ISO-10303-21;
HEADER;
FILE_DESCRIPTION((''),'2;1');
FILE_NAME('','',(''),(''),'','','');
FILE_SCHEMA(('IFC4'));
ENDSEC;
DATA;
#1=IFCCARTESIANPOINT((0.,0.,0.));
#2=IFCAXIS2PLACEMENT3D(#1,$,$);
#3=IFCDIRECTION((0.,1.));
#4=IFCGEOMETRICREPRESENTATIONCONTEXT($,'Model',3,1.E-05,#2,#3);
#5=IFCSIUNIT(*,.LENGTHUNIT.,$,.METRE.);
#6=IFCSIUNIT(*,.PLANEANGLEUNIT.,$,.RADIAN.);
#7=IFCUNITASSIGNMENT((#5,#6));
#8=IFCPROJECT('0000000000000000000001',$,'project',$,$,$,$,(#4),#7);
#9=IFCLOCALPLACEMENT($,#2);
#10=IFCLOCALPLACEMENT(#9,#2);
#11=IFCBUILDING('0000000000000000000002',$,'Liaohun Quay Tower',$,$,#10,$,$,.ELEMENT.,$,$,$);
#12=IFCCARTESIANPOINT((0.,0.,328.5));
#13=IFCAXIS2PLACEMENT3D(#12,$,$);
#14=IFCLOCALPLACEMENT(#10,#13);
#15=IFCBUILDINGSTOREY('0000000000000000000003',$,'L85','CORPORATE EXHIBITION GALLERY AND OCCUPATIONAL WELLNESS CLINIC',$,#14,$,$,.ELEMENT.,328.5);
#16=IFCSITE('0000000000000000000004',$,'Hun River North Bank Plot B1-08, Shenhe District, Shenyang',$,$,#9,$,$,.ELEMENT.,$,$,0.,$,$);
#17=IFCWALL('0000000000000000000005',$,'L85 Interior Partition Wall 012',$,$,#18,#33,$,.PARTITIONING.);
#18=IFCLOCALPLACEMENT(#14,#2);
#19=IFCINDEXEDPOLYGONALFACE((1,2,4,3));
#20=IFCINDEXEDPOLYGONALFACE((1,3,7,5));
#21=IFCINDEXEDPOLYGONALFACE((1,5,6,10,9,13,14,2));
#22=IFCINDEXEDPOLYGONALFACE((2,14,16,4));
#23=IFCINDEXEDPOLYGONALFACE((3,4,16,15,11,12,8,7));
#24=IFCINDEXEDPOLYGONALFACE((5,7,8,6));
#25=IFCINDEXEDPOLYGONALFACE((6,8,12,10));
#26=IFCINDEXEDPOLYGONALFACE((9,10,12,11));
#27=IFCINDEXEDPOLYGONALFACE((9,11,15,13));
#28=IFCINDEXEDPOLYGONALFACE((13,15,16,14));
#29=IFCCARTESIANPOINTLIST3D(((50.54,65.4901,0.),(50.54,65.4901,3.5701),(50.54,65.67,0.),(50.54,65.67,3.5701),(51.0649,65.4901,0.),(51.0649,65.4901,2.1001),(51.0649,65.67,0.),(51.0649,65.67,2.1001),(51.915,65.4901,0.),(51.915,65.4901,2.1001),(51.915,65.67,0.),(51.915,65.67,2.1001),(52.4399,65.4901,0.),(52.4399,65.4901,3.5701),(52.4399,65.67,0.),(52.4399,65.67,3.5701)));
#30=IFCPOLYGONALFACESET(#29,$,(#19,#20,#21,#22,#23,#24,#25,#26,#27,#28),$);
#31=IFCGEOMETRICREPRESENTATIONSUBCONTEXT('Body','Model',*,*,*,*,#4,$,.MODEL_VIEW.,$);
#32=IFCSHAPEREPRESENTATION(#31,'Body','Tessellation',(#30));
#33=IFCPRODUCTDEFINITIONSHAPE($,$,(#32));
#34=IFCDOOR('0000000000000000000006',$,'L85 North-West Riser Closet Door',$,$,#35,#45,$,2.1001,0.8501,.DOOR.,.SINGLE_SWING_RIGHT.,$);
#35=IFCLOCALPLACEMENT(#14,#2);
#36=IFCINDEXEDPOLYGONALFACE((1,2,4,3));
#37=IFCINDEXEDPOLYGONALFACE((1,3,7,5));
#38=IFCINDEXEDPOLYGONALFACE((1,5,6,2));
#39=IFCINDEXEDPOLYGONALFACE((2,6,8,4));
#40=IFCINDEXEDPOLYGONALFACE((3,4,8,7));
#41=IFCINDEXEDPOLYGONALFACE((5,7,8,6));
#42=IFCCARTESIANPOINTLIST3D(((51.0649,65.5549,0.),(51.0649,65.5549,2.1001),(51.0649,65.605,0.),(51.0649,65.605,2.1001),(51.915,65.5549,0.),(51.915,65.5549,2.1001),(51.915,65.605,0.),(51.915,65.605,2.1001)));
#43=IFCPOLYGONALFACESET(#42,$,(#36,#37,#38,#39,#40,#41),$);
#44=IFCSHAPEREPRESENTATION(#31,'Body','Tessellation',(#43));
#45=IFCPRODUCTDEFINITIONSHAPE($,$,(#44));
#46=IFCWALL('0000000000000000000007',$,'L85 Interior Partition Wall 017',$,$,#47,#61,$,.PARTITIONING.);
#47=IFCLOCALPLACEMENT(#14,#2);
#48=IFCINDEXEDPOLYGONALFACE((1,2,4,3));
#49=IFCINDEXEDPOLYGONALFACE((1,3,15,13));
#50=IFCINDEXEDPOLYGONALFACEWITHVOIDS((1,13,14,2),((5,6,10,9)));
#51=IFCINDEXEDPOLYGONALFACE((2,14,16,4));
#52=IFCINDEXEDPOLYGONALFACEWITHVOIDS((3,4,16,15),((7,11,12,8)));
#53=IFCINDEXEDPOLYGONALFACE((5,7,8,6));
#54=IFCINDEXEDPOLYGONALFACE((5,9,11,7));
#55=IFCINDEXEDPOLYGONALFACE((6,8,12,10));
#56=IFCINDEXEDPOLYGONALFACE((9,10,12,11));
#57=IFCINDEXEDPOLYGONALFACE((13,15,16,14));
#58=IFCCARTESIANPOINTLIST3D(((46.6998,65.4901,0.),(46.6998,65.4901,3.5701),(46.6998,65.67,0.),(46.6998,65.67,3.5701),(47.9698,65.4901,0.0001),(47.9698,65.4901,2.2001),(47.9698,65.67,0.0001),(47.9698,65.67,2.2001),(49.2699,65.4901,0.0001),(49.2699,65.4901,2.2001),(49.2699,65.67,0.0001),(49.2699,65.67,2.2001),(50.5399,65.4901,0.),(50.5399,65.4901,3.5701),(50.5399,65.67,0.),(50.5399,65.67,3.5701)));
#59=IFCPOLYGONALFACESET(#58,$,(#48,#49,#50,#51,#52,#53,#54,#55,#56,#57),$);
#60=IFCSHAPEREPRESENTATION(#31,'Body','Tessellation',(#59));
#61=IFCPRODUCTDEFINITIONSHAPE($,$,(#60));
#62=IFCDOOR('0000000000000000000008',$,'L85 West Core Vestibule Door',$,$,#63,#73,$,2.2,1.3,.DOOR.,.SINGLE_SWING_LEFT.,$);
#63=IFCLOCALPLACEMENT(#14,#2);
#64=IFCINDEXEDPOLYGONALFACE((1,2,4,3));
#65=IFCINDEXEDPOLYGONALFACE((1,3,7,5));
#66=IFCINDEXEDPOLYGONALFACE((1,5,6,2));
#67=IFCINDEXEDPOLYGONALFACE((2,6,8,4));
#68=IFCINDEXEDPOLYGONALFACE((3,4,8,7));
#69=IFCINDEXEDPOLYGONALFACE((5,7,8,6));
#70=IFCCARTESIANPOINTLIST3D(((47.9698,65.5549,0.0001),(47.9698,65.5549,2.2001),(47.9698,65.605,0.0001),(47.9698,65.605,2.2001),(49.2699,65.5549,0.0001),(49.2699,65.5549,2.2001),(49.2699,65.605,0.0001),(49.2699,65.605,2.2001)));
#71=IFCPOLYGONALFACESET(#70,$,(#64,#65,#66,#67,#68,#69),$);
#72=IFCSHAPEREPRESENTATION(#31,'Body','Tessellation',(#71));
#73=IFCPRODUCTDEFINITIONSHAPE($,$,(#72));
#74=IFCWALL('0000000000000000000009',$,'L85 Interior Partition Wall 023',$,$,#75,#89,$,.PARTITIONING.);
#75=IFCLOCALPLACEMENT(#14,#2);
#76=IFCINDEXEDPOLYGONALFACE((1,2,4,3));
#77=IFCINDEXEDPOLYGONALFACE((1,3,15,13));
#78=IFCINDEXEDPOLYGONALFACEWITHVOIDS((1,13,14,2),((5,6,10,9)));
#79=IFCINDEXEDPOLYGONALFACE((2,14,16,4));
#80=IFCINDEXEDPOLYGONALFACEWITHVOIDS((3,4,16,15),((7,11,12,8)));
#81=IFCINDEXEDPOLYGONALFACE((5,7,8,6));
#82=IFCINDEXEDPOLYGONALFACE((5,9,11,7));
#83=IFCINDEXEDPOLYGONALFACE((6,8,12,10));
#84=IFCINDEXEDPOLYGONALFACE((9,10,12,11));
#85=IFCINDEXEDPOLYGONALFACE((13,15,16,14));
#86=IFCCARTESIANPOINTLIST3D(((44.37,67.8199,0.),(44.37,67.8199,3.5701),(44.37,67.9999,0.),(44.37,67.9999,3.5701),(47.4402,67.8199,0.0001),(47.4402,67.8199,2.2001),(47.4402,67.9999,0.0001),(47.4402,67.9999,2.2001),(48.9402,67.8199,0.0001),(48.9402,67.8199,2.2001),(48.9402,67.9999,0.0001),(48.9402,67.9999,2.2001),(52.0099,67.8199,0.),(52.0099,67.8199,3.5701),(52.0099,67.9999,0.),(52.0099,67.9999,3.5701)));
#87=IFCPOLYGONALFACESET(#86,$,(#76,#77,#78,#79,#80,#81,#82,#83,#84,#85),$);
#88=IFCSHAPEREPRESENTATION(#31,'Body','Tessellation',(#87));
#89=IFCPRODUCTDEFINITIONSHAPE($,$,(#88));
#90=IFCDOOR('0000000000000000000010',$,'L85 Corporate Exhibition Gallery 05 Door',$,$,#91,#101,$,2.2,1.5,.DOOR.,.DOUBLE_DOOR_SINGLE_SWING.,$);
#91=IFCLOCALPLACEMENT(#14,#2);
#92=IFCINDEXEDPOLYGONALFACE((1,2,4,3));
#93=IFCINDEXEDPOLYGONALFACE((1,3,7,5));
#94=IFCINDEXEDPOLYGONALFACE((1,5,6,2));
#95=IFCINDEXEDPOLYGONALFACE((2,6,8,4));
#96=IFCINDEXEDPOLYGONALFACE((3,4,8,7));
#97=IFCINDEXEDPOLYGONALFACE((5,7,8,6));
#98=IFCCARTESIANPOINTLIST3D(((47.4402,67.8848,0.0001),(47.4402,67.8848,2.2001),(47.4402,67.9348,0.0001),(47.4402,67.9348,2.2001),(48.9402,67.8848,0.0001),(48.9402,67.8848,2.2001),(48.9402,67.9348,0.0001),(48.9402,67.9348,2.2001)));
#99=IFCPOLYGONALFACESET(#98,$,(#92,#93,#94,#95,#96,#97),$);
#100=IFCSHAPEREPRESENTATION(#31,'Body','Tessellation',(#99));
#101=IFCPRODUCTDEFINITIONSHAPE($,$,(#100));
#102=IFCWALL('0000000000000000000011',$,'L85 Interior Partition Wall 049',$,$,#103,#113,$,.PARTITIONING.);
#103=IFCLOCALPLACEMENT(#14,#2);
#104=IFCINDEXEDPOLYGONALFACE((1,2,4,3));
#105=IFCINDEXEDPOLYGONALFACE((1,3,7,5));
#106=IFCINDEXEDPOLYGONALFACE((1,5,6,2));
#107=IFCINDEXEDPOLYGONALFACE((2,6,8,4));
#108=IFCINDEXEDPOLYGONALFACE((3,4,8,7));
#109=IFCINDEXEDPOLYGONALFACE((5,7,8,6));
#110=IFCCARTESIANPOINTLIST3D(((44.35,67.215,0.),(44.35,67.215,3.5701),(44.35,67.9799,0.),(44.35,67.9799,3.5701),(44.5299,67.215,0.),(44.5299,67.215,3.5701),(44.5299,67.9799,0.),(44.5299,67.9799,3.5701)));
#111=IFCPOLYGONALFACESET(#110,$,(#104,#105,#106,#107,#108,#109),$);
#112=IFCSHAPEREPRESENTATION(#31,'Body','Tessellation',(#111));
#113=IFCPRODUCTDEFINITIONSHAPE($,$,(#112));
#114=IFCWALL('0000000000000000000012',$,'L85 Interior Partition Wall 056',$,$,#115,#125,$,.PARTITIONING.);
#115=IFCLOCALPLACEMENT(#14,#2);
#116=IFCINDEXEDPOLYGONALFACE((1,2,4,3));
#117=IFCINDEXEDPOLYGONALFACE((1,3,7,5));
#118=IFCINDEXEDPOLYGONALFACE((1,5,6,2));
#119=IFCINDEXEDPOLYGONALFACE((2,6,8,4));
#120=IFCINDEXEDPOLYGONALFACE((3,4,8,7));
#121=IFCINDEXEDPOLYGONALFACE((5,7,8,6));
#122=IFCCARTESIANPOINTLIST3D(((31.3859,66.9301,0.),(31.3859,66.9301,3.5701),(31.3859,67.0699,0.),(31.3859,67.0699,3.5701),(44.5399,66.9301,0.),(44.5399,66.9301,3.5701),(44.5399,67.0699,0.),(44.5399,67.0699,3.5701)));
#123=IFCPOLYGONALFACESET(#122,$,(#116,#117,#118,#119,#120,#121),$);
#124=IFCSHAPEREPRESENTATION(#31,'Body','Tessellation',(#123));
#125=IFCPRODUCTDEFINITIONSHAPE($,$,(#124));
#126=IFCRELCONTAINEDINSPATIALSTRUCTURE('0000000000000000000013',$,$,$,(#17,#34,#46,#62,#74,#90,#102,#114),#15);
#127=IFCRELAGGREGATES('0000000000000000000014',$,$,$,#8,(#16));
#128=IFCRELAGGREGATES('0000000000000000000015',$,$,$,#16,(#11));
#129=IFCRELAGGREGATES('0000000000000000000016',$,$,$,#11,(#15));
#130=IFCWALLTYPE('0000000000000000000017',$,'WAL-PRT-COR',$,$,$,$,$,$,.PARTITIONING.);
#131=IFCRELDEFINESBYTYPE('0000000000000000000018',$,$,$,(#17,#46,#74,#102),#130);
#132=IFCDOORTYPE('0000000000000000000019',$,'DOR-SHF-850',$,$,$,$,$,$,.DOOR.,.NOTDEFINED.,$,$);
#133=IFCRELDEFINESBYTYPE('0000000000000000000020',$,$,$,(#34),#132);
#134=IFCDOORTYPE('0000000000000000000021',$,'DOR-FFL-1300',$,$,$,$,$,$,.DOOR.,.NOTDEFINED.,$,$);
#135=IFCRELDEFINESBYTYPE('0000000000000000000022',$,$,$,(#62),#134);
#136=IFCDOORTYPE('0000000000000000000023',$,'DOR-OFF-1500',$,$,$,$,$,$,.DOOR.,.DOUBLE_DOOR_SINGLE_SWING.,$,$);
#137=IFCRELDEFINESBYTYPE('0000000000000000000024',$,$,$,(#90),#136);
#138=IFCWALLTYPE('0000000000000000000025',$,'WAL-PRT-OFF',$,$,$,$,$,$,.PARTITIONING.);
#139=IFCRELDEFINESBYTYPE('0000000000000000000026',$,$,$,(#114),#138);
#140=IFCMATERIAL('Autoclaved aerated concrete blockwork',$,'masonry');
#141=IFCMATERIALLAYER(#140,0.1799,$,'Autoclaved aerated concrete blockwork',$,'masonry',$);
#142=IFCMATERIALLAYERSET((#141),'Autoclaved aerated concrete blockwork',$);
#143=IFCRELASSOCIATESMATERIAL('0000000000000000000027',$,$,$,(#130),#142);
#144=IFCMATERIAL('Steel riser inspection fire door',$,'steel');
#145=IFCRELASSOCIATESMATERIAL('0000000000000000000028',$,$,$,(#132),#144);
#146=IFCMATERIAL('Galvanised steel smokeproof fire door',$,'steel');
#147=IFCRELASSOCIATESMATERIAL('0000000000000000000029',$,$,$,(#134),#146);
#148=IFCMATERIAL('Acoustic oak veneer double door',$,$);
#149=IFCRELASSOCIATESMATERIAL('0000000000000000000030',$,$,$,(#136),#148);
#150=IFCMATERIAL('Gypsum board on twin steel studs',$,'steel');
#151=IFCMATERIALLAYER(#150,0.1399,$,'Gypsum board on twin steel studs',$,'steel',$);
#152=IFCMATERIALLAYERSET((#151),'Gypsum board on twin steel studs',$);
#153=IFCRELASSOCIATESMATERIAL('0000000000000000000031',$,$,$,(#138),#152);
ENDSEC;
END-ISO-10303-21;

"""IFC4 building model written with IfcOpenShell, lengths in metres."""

from ifc_helpers import new_model, si_unit, direction, frame, frame_2d, origin, place, context, subcontext, project, spatial, rectangle, extrude, source, transform, mapped, material, layer, layer_set, type_object, element, fill, save


model = new_model("IFC4")

# Units and contexts
model_context = context("Model", 3, precision=1e-05, world=origin(), true_north=direction((0.0, 1.0)))
body_context = subcontext(model_context, "Body", "Model", "MODEL_VIEW")
ifc_project = project(units=[si_unit("LENGTHUNIT", "METRE"), si_unit("PLANEANGLEUNIT", "RADIAN")], contexts=[model_context])

# Site, building, storey
site_placement = place(None, origin())
site = spatial("IfcSite", under=ifc_project, at=site_placement, Name="Hun River North Bank Plot B1-08, Shenhe District, Shenyang", CompositionType="ELEMENT", RefElevation=0.0)
building_placement = place(site_placement, origin())
building = spatial("IfcBuilding", under=site, at=building_placement, Name="Liaohun Quay Tower", CompositionType="ELEMENT")
storey_placement = place(building_placement, frame((0.0, 0.0, 328.5)))
storey = spatial("IfcBuildingStorey", under=building, at=storey_placement, Name="L85", Description="CORPORATE EXHIBITION GALLERY AND OCCUPATIONAL WELLNESS CLINIC", CompositionType="ELEMENT", Elevation=328.5)

# Walls, openings, doors
ifc_material_1 = material(Name="Autoclaved aerated concrete blockwork", Category="masonry")
ifc_layer_1 = layer(ifc_material_1, 0.1799, Name="Autoclaved aerated concrete blockwork", Category="masonry")
ifc_layer_set_1 = layer_set([ifc_layer_1], Name="Autoclaved aerated concrete blockwork")
wall_type_1 = type_object("IfcWallType", Name="WAL-PRT-COR", PredefinedType="PARTITIONING", material=ifc_layer_set_1)
wall_1_placement = place(storey_placement, frame((50.54, 65.5801, 0.0), z_axis=(0.0, 0.0, 1.0), x_axis=(1.0, 0.0, 0.0)))
wall_1 = element("IfcWall", 1, at=wall_1_placement, inside=storey, type_object=wall_type_1, Name="L85 Interior Partition Wall 012", PredefinedType="PARTITIONING", context=body_context, shape_type="SweptSolid", body=[
    extrude(rectangle(XDim=1.8999, YDim=0.1799, at=frame_2d((0.95, 0.0))), origin(), (0.0, 0.0, 1.0), 3.5701),
])
shared_shape_1 = source(origin(), body_context, "Body", "SweptSolid", [
    extrude(rectangle(XDim=0.8501, YDim=2.1001, at=frame_2d((0.425, 1.05))), frame((0.0, 0.0999, 0.0), z_axis=(0.0, -1.0, 0.0), x_axis=(1.0, 0.0, 0.0)), (0.0, 0.0, 1.0), 0.2),
])
opening_1_placement = place(wall_1_placement, frame((0.5249, 0.0, 0.0)))
opening_1 = element("IfcOpeningElement", 2, at=opening_1_placement, cuts=wall_1, PredefinedType="OPENING", context=body_context, shape_type="MappedRepresentation", body=[
    mapped(shared_shape_1, transform((0.0, 0.0, 0.0), x_axis=(1.0, 0.0, 0.0), y_axis=(0.0, 1.0, 0.0), z_axis=(0.0, 0.0, 1.0), scale=1.0)),
])
ifc_material_2 = material(Name="Steel riser inspection fire door", Category="steel")
door_type_1 = type_object("IfcDoorType", Name="DOR-SHF-850", OperationType="NOTDEFINED", PredefinedType="DOOR", material=ifc_material_2)
shared_shape_2 = source(origin(), body_context, "Body", "SweptSolid", [
    extrude(rectangle(XDim=0.8501, YDim=2.1001, at=frame_2d((0.425, 1.05))), frame((0.0, 0.0249, 0.0), z_axis=(0.0, -1.0, 0.0), x_axis=(1.0, 0.0, 0.0)), (0.0, 0.0, 1.0), 0.05),
])
door_1_placement = place(opening_1_placement, origin())
door_1 = element("IfcDoor", 3, at=door_1_placement, inside=storey, type_object=door_type_1, Name="L85 North-West Riser Closet Door", OperationType="SINGLE_SWING_RIGHT", OverallHeight=2.1001, OverallWidth=0.8501, PredefinedType="DOOR", context=body_context, shape_type="MappedRepresentation", body=[
    mapped(shared_shape_2, transform((0.0, 0.0, 0.0), x_axis=(1.0, 0.0, 0.0), y_axis=(0.0, 1.0, 0.0), z_axis=(0.0, 0.0, 1.0), scale=1.0)),
])
fill(opening_1, door_1)
wall_2_placement = place(storey_placement, frame((46.7, 65.5801, 0.0), z_axis=(0.0, 0.0, 1.0), x_axis=(1.0, 0.0, 0.0)))
wall_2 = element("IfcWall", 4, at=wall_2_placement, inside=storey, type_object=wall_type_1, Name="L85 Interior Partition Wall 017", PredefinedType="PARTITIONING", context=body_context, shape_type="SweptSolid", body=[
    extrude(rectangle(XDim=3.8401, YDim=0.1799, at=frame_2d((1.9199, 0.0))), origin(), (0.0, 0.0, 1.0), 3.5701),
])
shared_shape_3 = source(origin(), body_context, "Body", "SweptSolid", [
    extrude(rectangle(XDim=1.3, YDim=2.2, at=frame_2d((0.6499, 1.1001))), frame((0.0, 0.0999, 0.0), z_axis=(0.0, -1.0, 0.0), x_axis=(1.0, 0.0, 0.0)), (0.0, 0.0, 1.0), 0.2),
])
opening_2_placement = place(wall_2_placement, frame((1.27, 0.0, 0.0)))
opening_2 = element("IfcOpeningElement", 5, at=opening_2_placement, cuts=wall_2, PredefinedType="OPENING", context=body_context, shape_type="MappedRepresentation", body=[
    mapped(shared_shape_3, transform((0.0, 0.0, 0.0), x_axis=(1.0, 0.0, 0.0), y_axis=(0.0, 1.0, 0.0), z_axis=(0.0, 0.0, 1.0), scale=1.0)),
])
ifc_material_3 = material(Name="Galvanised steel smokeproof fire door", Category="steel")
door_type_2 = type_object("IfcDoorType", Name="DOR-FFL-1300", OperationType="NOTDEFINED", PredefinedType="DOOR", material=ifc_material_3)
shared_shape_4 = source(origin(), body_context, "Body", "SweptSolid", [
    extrude(rectangle(XDim=1.3, YDim=2.2, at=frame_2d((0.6499, 1.1001))), frame((0.0, 0.0249, 0.0), z_axis=(0.0, -1.0, 0.0), x_axis=(1.0, 0.0, 0.0)), (0.0, 0.0, 1.0), 0.05),
])
door_2_placement = place(opening_2_placement, origin())
door_2 = element("IfcDoor", 6, at=door_2_placement, inside=storey, type_object=door_type_2, Name="L85 West Core Vestibule Door", OperationType="SINGLE_SWING_LEFT", OverallHeight=2.2, OverallWidth=1.3, PredefinedType="DOOR", context=body_context, shape_type="MappedRepresentation", body=[
    mapped(shared_shape_4, transform((0.0, 0.0, 0.0), x_axis=(1.0, 0.0, 0.0), y_axis=(0.0, 1.0, 0.0), z_axis=(0.0, 0.0, 1.0), scale=1.0)),
])
fill(opening_2, door_2)
wall_3_placement = place(storey_placement, frame((44.3701, 67.9099, 0.0), z_axis=(0.0, 0.0, 1.0), x_axis=(1.0, 0.0, 0.0)))
wall_3 = element("IfcWall", 7, at=wall_3_placement, inside=storey, type_object=wall_type_1, Name="L85 Interior Partition Wall 023", PredefinedType="PARTITIONING", context=body_context, shape_type="SweptSolid", body=[
    extrude(rectangle(XDim=7.6399, YDim=0.1799, at=frame_2d((3.8198, 0.0))), origin(), (0.0, 0.0, 1.0), 3.5701),
])
shared_shape_5 = source(origin(), body_context, "Body", "SweptSolid", [
    extrude(rectangle(XDim=1.5, YDim=2.2, at=frame_2d((0.75, 1.1001))), frame((0.0, 0.0999, 0.0), z_axis=(0.0, -1.0, 0.0), x_axis=(1.0, 0.0, 0.0)), (0.0, 0.0, 1.0), 0.2),
])
opening_3_placement = place(wall_3_placement, frame((3.0701, 0.0, 0.0)))
opening_3 = element("IfcOpeningElement", 8, at=opening_3_placement, cuts=wall_3, PredefinedType="OPENING", context=body_context, shape_type="MappedRepresentation", body=[
    mapped(shared_shape_5, transform((0.0, 0.0, 0.0), x_axis=(1.0, 0.0, 0.0), y_axis=(0.0, 1.0, 0.0), z_axis=(0.0, 0.0, 1.0), scale=1.0)),
])
ifc_material_4 = material(Name="Acoustic oak veneer double door")
door_type_3 = type_object("IfcDoorType", Name="DOR-OFF-1500", OperationType="DOUBLE_DOOR_SINGLE_SWING", PredefinedType="DOOR", material=ifc_material_4)
shared_shape_6 = source(origin(), body_context, "Body", "SweptSolid", [
    extrude(rectangle(XDim=1.5, YDim=2.2, at=frame_2d((0.75, 1.1001))), frame((0.0, 0.0249, 0.0), z_axis=(0.0, -1.0, 0.0), x_axis=(1.0, 0.0, 0.0)), (0.0, 0.0, 1.0), 0.05),
])
door_3_placement = place(opening_3_placement, origin())
door_3 = element("IfcDoor", 9, at=door_3_placement, inside=storey, type_object=door_type_3, Name="L85 Corporate Exhibition Gallery 05 Door", OperationType="DOUBLE_DOOR_SINGLE_SWING", OverallHeight=2.2, OverallWidth=1.5, PredefinedType="DOOR", context=body_context, shape_type="MappedRepresentation", body=[
    mapped(shared_shape_6, transform((0.0, 0.0, 0.0), x_axis=(1.0, 0.0, 0.0), y_axis=(0.0, 1.0, 0.0), z_axis=(0.0, 0.0, 1.0), scale=1.0)),
])
fill(opening_3, door_3)

# Walls
wall_4_placement = place(storey_placement, frame((44.4399, 67.2151, 0.0), z_axis=(0.0, 0.0, 1.0), x_axis=(0.0, 1.0, 0.0)))
element("IfcWall", 10, at=wall_4_placement, inside=storey, type_object=wall_type_1, Name="L85 Interior Partition Wall 049", PredefinedType="PARTITIONING", context=body_context, shape_type="SweptSolid", body=[
    extrude(rectangle(XDim=0.7649, YDim=0.1799, at=frame_2d((0.3823, 0.0))), origin(), (0.0, 0.0, 1.0), 3.5701),
])
ifc_material_5 = material(Name="Gypsum board on twin steel studs", Category="steel")
ifc_layer_2 = layer(ifc_material_5, 0.1399, Name="Gypsum board on twin steel studs", Category="steel")
ifc_layer_set_2 = layer_set([ifc_layer_2], Name="Gypsum board on twin steel studs")
wall_type_2 = type_object("IfcWallType", Name="WAL-PRT-OFF", PredefinedType="PARTITIONING", material=ifc_layer_set_2)
wall_5_placement = place(storey_placement, frame((44.54, 67.0, 0.0), z_axis=(0.0, 0.0, 1.0), x_axis=(-1.0, 0.0, 0.0)))
element("IfcWall", 11, at=wall_5_placement, inside=storey, type_object=wall_type_2, Name="L85 Interior Partition Wall 056", PredefinedType="PARTITIONING", context=body_context, shape_type="SweptSolid", body=[
    extrude(rectangle(XDim=13.1541, YDim=0.1399, at=frame_2d((6.5771, 0.0))), origin(), (0.0, 0.0, 1.0), 3.5701),
])

save(model, "model.ifc")
